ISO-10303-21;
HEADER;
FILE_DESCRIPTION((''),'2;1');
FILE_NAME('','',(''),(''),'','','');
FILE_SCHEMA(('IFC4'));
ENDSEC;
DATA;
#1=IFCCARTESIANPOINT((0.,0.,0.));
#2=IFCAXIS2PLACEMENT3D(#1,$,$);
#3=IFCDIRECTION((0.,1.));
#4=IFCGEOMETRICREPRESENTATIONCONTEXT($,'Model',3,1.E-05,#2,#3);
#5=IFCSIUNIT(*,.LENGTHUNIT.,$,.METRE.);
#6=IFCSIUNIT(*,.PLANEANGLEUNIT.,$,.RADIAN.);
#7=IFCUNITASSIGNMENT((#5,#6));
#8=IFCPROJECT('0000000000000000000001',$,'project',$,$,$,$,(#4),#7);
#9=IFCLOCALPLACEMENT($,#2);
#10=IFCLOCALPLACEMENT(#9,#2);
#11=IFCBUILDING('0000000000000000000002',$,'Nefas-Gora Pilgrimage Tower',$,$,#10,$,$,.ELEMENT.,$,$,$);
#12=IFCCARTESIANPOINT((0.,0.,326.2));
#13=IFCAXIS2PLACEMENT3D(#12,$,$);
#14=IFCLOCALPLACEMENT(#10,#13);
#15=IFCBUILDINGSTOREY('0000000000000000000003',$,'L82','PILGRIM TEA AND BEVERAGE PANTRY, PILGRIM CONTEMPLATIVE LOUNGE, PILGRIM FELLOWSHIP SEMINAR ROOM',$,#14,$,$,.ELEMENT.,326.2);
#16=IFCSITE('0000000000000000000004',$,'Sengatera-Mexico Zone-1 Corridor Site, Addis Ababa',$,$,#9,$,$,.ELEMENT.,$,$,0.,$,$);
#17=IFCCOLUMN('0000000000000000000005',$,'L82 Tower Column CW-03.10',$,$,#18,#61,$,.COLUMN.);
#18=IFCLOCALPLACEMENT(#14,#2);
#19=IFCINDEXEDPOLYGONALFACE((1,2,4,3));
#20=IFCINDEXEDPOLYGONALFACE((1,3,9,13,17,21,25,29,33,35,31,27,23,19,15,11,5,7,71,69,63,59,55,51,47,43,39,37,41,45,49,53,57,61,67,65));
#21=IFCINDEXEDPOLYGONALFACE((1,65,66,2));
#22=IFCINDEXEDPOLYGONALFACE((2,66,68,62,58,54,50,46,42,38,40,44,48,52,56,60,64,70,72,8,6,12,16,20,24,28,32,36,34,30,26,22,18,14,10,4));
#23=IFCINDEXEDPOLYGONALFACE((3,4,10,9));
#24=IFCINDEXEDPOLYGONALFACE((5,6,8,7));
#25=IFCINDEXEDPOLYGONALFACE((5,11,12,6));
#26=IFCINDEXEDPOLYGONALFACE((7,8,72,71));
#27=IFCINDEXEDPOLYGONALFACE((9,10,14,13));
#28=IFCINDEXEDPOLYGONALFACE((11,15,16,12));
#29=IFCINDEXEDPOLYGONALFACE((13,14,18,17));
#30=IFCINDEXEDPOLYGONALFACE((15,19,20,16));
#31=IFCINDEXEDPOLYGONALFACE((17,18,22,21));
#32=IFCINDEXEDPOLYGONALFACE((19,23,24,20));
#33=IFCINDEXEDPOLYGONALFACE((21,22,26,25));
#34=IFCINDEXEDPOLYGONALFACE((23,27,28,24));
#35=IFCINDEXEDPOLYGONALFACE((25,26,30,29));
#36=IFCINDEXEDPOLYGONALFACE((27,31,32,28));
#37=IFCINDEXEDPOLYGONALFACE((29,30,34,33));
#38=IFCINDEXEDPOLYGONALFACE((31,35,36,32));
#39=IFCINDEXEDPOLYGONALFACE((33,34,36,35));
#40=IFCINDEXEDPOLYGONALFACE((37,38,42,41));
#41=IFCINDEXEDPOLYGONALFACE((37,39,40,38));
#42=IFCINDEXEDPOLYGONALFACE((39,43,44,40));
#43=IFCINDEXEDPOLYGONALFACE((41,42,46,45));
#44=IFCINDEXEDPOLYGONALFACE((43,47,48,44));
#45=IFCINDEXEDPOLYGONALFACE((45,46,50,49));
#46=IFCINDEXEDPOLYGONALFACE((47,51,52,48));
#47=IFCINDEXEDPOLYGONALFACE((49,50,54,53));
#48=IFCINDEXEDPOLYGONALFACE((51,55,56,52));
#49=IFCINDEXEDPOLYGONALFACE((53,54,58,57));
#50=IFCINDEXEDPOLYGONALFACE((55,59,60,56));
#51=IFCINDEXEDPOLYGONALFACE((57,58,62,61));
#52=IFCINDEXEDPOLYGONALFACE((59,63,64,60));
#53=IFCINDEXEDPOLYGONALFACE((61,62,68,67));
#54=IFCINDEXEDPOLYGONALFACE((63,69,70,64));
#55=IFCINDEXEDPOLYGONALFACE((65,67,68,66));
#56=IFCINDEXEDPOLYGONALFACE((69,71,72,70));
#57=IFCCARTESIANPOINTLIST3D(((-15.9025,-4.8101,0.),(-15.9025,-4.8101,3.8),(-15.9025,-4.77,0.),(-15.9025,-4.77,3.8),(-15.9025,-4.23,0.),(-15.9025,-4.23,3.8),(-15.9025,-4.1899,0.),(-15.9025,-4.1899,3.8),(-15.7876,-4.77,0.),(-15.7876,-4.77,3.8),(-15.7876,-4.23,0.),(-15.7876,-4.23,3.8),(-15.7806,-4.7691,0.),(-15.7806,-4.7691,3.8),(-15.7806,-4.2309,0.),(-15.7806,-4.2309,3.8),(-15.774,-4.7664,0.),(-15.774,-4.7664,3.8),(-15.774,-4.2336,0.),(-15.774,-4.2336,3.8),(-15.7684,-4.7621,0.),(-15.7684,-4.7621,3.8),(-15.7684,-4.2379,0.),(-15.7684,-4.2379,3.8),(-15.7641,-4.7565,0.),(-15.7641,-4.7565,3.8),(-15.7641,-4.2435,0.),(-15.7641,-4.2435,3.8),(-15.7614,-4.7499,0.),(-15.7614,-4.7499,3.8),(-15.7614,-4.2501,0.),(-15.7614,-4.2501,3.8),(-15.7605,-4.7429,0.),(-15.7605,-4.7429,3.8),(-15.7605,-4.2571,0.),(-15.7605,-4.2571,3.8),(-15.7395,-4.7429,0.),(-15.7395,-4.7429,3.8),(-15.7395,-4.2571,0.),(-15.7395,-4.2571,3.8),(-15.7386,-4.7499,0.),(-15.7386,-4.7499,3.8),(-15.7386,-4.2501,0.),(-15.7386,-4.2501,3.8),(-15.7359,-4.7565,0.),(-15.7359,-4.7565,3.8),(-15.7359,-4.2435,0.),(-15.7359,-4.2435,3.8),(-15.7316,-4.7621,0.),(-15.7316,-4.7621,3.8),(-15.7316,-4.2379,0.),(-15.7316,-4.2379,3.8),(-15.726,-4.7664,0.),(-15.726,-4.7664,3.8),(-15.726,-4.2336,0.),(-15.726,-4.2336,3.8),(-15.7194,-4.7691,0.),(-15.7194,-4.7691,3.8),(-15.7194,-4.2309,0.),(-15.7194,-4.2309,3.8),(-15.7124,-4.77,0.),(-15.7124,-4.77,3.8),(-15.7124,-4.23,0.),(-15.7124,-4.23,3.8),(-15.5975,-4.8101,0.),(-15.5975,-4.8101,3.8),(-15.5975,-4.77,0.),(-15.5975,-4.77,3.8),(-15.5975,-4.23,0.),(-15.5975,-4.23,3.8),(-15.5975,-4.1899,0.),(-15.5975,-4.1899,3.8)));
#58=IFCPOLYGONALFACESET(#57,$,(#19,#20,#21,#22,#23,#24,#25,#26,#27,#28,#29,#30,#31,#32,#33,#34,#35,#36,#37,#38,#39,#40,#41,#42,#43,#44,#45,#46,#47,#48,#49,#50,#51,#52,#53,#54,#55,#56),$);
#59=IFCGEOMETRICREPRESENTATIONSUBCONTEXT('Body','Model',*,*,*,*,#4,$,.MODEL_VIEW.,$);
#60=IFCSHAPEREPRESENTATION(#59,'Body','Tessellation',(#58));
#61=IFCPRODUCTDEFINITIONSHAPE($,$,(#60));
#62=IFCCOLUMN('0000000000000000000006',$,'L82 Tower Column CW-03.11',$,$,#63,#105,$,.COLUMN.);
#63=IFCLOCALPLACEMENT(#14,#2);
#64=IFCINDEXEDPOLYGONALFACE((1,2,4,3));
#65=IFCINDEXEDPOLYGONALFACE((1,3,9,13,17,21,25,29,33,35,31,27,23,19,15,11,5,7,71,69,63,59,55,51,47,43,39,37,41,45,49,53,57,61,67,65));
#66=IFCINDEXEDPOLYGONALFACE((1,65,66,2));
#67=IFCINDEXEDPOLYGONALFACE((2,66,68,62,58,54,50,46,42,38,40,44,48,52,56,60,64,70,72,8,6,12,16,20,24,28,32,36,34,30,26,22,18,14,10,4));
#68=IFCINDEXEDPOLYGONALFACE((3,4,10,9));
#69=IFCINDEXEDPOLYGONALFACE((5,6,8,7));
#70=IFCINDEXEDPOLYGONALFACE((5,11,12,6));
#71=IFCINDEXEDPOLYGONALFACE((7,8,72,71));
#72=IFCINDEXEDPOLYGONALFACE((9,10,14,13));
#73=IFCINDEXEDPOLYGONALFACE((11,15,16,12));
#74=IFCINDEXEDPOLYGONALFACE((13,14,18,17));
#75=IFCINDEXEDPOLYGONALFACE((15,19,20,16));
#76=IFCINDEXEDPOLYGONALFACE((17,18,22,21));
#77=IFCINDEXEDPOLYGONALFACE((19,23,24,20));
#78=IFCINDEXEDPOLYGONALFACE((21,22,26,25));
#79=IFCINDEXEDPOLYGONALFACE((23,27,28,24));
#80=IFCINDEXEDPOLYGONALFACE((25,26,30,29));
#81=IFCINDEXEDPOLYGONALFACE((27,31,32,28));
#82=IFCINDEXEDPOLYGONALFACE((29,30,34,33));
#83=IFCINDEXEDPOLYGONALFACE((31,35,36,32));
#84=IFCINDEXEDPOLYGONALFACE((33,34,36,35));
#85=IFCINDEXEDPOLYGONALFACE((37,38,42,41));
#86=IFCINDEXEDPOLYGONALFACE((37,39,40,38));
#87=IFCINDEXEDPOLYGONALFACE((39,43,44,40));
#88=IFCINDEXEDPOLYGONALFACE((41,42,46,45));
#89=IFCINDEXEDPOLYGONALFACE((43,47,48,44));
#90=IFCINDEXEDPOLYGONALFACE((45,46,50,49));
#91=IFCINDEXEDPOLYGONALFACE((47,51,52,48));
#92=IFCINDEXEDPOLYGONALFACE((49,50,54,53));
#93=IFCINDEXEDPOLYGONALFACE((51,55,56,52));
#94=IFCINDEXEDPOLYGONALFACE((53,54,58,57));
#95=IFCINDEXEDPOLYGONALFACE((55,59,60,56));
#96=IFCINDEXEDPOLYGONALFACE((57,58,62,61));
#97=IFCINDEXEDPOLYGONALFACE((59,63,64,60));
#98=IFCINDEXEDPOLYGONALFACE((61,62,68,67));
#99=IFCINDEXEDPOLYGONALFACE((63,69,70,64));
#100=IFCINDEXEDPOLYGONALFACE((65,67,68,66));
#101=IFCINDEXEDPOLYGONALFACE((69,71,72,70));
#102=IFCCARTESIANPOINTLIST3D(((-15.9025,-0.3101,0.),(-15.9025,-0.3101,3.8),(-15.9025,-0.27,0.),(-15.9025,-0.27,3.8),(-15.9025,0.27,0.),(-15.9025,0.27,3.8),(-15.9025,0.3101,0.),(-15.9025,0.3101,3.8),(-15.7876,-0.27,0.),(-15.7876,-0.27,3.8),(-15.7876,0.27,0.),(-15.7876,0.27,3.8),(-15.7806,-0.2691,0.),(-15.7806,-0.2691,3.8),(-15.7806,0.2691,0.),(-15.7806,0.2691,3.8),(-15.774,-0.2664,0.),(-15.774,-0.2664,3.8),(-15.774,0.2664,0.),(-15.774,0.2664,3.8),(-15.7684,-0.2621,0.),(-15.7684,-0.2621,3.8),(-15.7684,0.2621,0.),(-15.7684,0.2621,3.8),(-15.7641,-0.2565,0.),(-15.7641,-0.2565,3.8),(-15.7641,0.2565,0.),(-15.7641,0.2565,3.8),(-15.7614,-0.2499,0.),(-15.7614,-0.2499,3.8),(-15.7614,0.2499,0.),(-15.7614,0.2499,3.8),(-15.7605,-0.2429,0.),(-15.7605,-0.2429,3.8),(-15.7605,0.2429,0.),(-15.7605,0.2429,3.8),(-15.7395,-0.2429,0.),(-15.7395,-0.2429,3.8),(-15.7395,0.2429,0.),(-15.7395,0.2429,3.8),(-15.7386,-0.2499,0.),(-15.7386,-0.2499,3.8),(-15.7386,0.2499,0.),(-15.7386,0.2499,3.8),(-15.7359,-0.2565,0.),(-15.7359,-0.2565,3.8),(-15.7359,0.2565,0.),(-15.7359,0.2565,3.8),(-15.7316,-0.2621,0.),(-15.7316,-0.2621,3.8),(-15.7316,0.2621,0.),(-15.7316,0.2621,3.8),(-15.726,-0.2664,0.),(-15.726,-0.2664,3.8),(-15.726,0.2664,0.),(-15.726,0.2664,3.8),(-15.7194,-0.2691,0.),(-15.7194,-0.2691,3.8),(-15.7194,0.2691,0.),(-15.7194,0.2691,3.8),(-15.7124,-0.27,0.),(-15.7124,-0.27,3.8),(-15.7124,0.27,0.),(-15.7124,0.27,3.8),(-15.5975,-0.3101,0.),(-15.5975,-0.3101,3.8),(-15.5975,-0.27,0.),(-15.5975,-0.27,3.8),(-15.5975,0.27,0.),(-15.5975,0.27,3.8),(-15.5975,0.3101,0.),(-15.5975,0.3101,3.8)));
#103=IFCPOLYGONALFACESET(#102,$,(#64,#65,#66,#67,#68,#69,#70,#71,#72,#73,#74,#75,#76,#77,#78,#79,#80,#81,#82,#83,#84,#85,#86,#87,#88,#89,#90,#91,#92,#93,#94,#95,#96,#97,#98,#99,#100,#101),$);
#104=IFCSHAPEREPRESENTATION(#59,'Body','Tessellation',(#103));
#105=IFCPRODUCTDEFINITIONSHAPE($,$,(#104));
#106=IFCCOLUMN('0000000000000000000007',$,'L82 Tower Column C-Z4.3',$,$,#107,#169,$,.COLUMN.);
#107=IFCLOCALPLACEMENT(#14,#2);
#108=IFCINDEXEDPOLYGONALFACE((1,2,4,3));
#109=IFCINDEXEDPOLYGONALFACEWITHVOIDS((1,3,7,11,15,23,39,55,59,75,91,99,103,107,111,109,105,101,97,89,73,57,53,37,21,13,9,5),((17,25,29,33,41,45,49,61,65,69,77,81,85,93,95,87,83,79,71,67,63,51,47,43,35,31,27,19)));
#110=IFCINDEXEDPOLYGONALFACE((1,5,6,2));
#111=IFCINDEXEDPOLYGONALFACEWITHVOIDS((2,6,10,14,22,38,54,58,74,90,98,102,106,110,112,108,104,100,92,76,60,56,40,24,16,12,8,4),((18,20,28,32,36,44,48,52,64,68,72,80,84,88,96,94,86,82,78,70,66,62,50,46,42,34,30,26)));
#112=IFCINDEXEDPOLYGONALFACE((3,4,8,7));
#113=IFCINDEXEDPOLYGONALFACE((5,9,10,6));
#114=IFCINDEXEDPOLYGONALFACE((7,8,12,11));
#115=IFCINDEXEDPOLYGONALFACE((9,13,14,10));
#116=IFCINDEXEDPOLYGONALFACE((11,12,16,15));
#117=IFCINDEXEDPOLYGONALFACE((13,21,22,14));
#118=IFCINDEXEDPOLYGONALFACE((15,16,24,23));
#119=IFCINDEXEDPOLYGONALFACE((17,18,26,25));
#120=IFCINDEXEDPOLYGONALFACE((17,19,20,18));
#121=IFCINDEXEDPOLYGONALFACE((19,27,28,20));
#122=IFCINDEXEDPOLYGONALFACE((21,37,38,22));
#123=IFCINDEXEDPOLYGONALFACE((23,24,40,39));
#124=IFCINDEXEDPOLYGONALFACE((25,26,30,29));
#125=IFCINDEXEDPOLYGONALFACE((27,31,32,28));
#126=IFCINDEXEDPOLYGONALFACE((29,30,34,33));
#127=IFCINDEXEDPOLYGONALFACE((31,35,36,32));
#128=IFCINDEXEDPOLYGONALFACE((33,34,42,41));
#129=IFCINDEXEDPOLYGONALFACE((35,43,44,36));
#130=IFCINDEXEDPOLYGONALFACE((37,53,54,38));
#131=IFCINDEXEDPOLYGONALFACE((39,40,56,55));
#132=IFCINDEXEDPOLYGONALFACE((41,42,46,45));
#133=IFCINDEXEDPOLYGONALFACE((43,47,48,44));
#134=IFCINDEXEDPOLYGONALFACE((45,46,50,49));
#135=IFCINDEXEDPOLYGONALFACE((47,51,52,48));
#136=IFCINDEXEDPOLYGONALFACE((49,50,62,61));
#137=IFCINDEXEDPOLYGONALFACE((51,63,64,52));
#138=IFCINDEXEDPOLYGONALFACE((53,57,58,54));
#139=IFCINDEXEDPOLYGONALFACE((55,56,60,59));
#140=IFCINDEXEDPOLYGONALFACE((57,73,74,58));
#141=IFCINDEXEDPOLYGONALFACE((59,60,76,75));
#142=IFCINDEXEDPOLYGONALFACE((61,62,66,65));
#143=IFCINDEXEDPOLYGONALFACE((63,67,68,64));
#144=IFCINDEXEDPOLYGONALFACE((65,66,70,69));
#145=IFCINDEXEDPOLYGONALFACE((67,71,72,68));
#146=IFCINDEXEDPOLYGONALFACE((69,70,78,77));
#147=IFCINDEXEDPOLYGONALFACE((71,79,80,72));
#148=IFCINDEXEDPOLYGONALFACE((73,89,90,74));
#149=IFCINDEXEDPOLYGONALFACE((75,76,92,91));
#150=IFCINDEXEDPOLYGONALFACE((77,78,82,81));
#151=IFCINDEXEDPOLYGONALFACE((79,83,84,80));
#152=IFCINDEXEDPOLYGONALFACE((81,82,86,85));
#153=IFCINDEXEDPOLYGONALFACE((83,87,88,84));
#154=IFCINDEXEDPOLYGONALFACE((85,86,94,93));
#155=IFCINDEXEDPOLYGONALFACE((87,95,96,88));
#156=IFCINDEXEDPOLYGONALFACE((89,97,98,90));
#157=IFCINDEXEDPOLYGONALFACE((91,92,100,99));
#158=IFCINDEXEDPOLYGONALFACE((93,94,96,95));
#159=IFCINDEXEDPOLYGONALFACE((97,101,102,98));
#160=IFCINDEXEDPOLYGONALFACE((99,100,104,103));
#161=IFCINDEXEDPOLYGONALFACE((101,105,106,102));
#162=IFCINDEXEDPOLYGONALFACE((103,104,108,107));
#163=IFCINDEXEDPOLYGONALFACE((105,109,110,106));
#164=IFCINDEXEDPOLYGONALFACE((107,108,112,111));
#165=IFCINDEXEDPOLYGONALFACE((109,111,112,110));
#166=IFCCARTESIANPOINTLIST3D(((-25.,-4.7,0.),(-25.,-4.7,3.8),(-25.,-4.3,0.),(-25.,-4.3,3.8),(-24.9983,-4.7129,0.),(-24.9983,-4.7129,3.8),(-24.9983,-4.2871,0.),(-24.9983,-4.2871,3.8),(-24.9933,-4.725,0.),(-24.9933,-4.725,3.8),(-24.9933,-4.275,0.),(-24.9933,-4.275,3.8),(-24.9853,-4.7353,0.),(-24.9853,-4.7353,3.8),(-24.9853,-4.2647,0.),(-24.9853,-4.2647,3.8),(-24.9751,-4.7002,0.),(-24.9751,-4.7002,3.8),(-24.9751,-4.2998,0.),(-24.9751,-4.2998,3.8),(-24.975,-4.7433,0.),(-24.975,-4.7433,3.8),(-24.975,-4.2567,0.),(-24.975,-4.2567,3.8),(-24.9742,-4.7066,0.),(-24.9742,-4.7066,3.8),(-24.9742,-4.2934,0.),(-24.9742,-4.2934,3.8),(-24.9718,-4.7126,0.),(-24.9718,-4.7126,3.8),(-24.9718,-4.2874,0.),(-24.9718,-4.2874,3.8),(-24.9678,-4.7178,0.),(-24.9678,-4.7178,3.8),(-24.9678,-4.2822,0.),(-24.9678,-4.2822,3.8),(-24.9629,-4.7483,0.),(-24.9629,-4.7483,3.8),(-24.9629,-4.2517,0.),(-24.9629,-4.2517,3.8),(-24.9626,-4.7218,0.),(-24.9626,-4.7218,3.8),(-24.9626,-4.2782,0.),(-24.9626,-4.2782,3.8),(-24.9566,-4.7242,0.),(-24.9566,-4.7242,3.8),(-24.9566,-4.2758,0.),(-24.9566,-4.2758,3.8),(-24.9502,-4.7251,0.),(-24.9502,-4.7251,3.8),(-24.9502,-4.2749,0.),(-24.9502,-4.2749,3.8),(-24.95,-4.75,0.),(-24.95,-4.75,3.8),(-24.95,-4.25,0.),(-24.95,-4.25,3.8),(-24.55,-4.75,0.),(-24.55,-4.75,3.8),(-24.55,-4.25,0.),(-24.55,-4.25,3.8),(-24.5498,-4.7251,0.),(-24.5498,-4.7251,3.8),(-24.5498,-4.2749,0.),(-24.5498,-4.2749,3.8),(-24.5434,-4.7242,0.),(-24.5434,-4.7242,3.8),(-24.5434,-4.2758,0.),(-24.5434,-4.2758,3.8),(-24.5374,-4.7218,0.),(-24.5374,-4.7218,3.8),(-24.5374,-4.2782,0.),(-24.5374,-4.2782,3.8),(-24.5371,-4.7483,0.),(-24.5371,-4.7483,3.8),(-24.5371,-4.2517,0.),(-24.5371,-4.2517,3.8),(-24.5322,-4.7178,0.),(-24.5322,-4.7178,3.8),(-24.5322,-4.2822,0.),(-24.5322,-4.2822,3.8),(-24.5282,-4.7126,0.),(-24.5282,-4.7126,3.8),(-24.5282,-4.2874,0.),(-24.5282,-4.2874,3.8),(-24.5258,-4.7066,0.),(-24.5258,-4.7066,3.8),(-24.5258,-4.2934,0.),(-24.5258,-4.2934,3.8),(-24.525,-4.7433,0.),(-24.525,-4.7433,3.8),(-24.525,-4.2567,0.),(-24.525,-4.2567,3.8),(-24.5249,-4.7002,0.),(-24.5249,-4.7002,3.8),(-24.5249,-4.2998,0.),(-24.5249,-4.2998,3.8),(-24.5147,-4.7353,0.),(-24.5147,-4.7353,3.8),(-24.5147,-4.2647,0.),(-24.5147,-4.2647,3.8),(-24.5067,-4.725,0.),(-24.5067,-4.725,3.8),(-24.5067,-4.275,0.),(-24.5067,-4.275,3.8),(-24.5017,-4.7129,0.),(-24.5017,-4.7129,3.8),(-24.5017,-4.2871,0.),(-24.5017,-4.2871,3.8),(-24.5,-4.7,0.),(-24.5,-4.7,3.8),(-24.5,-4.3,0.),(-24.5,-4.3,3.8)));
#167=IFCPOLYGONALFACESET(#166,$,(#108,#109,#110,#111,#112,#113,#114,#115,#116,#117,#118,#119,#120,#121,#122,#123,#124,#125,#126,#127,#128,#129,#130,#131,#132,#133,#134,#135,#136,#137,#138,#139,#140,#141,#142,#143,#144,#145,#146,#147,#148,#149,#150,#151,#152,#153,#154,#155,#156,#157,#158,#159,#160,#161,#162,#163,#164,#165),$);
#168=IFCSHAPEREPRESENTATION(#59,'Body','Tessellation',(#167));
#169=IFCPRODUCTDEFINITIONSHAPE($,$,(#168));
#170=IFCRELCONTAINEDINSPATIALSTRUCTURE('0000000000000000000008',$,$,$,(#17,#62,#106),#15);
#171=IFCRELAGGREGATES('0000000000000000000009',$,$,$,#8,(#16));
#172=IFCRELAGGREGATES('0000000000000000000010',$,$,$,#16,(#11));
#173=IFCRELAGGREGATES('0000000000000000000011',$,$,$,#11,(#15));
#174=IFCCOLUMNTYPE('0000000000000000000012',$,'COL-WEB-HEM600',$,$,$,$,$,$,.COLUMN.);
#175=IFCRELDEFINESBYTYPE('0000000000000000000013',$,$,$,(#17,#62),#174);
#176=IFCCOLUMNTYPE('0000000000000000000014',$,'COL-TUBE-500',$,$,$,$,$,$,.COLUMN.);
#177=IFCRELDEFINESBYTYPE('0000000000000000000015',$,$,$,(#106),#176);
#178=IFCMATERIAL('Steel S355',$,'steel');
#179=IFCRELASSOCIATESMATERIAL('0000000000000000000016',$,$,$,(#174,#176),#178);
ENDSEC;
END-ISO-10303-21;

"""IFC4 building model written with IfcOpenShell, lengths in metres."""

from ifc_helpers import new_model, si_unit, direction, frame, origin, origin_2d, place, context, subcontext, project, spatial, hollow_rectangle, i_section, extrude, source, transform, mapped, material, material_profile, profile_set, type_object, element, save


model = new_model("IFC4")

# Units and contexts
model_context = context("Model", 3, precision=1e-05, world=origin(), true_north=direction((0.0, 1.0)))
body_context = subcontext(model_context, "Body", "Model", "MODEL_VIEW")
ifc_project = project(units=[si_unit("LENGTHUNIT", "METRE"), si_unit("PLANEANGLEUNIT", "RADIAN")], contexts=[model_context])

# Site, building, storey
site_placement = place(None, origin())
site = spatial("IfcSite", under=ifc_project, at=site_placement, Name="Sengatera-Mexico Zone-1 Corridor Site, Addis Ababa", CompositionType="ELEMENT", RefElevation=0.0)
building_placement = place(site_placement, origin())
building = spatial("IfcBuilding", under=site, at=building_placement, Name="Nefas-Gora Pilgrimage Tower", CompositionType="ELEMENT")
storey_placement = place(building_placement, frame((0.0, 0.0, 326.2)))
storey = spatial("IfcBuildingStorey", under=building, at=storey_placement, Name="L82", Description="PILGRIM TEA AND BEVERAGE PANTRY, PILGRIM CONTEMPLATIVE LOUNGE, PILGRIM FELLOWSHIP SEMINAR ROOM", CompositionType="ELEMENT", Elevation=326.2)

# Columns
ifc_material_1 = material(Name="Steel S355", Category="steel")
ifc_material_profile_1 = material_profile(ifc_material_1, i_section(OverallWidth=0.3049, OverallDepth=0.6201, WebThickness=0.021, FlangeThickness=0.04, FilletRadius=0.0271, at=origin_2d()), Name="HEM 600")
ifc_profile_set_1 = profile_set([ifc_material_profile_1], Name="Steel S355")
column_type_1 = type_object("IfcColumnType", Name="COL-WEB-HEM600", PredefinedType="COLUMN", material=ifc_profile_set_1)
shared_shape_1 = source(origin(), body_context, "Body", "SweptSolid", [
    extrude(i_section(OverallWidth=0.3049, OverallDepth=0.6201, WebThickness=0.021, FlangeThickness=0.04, FilletRadius=0.0271, at=origin_2d()), origin(), (0.0, 0.0, 1.0), 3.8),
])
for number, where, z_axis, x_axis, name in (
    (1, (-15.75, -4.5, 0.0), (0.0, 0.0, 1.0), (1.0, 0.0, 0.0), "L82 Tower Column CW-03.10"),
    (2, (-15.75, 0.0, 0.0), (0.0, 0.0, 1.0), (1.0, 0.0, 0.0), "L82 Tower Column CW-03.11"),
):
    element("IfcColumn", number, at=place(storey_placement, frame(where, z_axis=z_axis, x_axis=x_axis)), inside=storey, type_object=column_type_1, Name=name, PredefinedType="COLUMN", context=body_context, shape_type="MappedRepresentation", body=[
        mapped(shared_shape_1, transform((0.0, 0.0, 0.0), x_axis=(1.0, 0.0, 0.0), y_axis=(0.0, 1.0, 0.0), z_axis=(0.0, 0.0, 1.0), scale=1.0)),
    ])
ifc_material_profile_2 = material_profile(ifc_material_1, hollow_rectangle(XDim=0.5, YDim=0.5, WallThickness=0.0249, InnerFilletRadius=0.0249, OuterFilletRadius=0.05, at=origin_2d()), Name="SHS 500x500x25")
ifc_profile_set_2 = profile_set([ifc_material_profile_2], Name="Steel S355")
column_type_2 = type_object("IfcColumnType", Name="COL-TUBE-500", PredefinedType="COLUMN", material=ifc_profile_set_2)
shared_shape_2 = source(origin(), body_context, "Body", "SweptSolid", [
    extrude(hollow_rectangle(XDim=0.5, YDim=0.5, WallThickness=0.0249, InnerFilletRadius=0.0249, OuterFilletRadius=0.05, at=origin_2d()), origin(), (0.0, 0.0, 1.0), 3.8),
])
for number, where, z_axis, x_axis, name in (
    (3, (-24.75, -4.5, 0.0), (0.0, 0.0, 1.0), (1.0, 0.0, 0.0), "L82 Tower Column C-Z4.3"),
):
    element("IfcColumn", number, at=place(storey_placement, frame(where, z_axis=z_axis, x_axis=x_axis)), inside=storey, type_object=column_type_2, Name=name, PredefinedType="COLUMN", context=body_context, shape_type="MappedRepresentation", body=[
        mapped(shared_shape_2, transform((0.0, 0.0, 0.0), x_axis=(1.0, 0.0, 0.0), y_axis=(0.0, 1.0, 0.0), z_axis=(0.0, 0.0, 1.0), scale=1.0)),
    ])

save(model, "model.ifc")
